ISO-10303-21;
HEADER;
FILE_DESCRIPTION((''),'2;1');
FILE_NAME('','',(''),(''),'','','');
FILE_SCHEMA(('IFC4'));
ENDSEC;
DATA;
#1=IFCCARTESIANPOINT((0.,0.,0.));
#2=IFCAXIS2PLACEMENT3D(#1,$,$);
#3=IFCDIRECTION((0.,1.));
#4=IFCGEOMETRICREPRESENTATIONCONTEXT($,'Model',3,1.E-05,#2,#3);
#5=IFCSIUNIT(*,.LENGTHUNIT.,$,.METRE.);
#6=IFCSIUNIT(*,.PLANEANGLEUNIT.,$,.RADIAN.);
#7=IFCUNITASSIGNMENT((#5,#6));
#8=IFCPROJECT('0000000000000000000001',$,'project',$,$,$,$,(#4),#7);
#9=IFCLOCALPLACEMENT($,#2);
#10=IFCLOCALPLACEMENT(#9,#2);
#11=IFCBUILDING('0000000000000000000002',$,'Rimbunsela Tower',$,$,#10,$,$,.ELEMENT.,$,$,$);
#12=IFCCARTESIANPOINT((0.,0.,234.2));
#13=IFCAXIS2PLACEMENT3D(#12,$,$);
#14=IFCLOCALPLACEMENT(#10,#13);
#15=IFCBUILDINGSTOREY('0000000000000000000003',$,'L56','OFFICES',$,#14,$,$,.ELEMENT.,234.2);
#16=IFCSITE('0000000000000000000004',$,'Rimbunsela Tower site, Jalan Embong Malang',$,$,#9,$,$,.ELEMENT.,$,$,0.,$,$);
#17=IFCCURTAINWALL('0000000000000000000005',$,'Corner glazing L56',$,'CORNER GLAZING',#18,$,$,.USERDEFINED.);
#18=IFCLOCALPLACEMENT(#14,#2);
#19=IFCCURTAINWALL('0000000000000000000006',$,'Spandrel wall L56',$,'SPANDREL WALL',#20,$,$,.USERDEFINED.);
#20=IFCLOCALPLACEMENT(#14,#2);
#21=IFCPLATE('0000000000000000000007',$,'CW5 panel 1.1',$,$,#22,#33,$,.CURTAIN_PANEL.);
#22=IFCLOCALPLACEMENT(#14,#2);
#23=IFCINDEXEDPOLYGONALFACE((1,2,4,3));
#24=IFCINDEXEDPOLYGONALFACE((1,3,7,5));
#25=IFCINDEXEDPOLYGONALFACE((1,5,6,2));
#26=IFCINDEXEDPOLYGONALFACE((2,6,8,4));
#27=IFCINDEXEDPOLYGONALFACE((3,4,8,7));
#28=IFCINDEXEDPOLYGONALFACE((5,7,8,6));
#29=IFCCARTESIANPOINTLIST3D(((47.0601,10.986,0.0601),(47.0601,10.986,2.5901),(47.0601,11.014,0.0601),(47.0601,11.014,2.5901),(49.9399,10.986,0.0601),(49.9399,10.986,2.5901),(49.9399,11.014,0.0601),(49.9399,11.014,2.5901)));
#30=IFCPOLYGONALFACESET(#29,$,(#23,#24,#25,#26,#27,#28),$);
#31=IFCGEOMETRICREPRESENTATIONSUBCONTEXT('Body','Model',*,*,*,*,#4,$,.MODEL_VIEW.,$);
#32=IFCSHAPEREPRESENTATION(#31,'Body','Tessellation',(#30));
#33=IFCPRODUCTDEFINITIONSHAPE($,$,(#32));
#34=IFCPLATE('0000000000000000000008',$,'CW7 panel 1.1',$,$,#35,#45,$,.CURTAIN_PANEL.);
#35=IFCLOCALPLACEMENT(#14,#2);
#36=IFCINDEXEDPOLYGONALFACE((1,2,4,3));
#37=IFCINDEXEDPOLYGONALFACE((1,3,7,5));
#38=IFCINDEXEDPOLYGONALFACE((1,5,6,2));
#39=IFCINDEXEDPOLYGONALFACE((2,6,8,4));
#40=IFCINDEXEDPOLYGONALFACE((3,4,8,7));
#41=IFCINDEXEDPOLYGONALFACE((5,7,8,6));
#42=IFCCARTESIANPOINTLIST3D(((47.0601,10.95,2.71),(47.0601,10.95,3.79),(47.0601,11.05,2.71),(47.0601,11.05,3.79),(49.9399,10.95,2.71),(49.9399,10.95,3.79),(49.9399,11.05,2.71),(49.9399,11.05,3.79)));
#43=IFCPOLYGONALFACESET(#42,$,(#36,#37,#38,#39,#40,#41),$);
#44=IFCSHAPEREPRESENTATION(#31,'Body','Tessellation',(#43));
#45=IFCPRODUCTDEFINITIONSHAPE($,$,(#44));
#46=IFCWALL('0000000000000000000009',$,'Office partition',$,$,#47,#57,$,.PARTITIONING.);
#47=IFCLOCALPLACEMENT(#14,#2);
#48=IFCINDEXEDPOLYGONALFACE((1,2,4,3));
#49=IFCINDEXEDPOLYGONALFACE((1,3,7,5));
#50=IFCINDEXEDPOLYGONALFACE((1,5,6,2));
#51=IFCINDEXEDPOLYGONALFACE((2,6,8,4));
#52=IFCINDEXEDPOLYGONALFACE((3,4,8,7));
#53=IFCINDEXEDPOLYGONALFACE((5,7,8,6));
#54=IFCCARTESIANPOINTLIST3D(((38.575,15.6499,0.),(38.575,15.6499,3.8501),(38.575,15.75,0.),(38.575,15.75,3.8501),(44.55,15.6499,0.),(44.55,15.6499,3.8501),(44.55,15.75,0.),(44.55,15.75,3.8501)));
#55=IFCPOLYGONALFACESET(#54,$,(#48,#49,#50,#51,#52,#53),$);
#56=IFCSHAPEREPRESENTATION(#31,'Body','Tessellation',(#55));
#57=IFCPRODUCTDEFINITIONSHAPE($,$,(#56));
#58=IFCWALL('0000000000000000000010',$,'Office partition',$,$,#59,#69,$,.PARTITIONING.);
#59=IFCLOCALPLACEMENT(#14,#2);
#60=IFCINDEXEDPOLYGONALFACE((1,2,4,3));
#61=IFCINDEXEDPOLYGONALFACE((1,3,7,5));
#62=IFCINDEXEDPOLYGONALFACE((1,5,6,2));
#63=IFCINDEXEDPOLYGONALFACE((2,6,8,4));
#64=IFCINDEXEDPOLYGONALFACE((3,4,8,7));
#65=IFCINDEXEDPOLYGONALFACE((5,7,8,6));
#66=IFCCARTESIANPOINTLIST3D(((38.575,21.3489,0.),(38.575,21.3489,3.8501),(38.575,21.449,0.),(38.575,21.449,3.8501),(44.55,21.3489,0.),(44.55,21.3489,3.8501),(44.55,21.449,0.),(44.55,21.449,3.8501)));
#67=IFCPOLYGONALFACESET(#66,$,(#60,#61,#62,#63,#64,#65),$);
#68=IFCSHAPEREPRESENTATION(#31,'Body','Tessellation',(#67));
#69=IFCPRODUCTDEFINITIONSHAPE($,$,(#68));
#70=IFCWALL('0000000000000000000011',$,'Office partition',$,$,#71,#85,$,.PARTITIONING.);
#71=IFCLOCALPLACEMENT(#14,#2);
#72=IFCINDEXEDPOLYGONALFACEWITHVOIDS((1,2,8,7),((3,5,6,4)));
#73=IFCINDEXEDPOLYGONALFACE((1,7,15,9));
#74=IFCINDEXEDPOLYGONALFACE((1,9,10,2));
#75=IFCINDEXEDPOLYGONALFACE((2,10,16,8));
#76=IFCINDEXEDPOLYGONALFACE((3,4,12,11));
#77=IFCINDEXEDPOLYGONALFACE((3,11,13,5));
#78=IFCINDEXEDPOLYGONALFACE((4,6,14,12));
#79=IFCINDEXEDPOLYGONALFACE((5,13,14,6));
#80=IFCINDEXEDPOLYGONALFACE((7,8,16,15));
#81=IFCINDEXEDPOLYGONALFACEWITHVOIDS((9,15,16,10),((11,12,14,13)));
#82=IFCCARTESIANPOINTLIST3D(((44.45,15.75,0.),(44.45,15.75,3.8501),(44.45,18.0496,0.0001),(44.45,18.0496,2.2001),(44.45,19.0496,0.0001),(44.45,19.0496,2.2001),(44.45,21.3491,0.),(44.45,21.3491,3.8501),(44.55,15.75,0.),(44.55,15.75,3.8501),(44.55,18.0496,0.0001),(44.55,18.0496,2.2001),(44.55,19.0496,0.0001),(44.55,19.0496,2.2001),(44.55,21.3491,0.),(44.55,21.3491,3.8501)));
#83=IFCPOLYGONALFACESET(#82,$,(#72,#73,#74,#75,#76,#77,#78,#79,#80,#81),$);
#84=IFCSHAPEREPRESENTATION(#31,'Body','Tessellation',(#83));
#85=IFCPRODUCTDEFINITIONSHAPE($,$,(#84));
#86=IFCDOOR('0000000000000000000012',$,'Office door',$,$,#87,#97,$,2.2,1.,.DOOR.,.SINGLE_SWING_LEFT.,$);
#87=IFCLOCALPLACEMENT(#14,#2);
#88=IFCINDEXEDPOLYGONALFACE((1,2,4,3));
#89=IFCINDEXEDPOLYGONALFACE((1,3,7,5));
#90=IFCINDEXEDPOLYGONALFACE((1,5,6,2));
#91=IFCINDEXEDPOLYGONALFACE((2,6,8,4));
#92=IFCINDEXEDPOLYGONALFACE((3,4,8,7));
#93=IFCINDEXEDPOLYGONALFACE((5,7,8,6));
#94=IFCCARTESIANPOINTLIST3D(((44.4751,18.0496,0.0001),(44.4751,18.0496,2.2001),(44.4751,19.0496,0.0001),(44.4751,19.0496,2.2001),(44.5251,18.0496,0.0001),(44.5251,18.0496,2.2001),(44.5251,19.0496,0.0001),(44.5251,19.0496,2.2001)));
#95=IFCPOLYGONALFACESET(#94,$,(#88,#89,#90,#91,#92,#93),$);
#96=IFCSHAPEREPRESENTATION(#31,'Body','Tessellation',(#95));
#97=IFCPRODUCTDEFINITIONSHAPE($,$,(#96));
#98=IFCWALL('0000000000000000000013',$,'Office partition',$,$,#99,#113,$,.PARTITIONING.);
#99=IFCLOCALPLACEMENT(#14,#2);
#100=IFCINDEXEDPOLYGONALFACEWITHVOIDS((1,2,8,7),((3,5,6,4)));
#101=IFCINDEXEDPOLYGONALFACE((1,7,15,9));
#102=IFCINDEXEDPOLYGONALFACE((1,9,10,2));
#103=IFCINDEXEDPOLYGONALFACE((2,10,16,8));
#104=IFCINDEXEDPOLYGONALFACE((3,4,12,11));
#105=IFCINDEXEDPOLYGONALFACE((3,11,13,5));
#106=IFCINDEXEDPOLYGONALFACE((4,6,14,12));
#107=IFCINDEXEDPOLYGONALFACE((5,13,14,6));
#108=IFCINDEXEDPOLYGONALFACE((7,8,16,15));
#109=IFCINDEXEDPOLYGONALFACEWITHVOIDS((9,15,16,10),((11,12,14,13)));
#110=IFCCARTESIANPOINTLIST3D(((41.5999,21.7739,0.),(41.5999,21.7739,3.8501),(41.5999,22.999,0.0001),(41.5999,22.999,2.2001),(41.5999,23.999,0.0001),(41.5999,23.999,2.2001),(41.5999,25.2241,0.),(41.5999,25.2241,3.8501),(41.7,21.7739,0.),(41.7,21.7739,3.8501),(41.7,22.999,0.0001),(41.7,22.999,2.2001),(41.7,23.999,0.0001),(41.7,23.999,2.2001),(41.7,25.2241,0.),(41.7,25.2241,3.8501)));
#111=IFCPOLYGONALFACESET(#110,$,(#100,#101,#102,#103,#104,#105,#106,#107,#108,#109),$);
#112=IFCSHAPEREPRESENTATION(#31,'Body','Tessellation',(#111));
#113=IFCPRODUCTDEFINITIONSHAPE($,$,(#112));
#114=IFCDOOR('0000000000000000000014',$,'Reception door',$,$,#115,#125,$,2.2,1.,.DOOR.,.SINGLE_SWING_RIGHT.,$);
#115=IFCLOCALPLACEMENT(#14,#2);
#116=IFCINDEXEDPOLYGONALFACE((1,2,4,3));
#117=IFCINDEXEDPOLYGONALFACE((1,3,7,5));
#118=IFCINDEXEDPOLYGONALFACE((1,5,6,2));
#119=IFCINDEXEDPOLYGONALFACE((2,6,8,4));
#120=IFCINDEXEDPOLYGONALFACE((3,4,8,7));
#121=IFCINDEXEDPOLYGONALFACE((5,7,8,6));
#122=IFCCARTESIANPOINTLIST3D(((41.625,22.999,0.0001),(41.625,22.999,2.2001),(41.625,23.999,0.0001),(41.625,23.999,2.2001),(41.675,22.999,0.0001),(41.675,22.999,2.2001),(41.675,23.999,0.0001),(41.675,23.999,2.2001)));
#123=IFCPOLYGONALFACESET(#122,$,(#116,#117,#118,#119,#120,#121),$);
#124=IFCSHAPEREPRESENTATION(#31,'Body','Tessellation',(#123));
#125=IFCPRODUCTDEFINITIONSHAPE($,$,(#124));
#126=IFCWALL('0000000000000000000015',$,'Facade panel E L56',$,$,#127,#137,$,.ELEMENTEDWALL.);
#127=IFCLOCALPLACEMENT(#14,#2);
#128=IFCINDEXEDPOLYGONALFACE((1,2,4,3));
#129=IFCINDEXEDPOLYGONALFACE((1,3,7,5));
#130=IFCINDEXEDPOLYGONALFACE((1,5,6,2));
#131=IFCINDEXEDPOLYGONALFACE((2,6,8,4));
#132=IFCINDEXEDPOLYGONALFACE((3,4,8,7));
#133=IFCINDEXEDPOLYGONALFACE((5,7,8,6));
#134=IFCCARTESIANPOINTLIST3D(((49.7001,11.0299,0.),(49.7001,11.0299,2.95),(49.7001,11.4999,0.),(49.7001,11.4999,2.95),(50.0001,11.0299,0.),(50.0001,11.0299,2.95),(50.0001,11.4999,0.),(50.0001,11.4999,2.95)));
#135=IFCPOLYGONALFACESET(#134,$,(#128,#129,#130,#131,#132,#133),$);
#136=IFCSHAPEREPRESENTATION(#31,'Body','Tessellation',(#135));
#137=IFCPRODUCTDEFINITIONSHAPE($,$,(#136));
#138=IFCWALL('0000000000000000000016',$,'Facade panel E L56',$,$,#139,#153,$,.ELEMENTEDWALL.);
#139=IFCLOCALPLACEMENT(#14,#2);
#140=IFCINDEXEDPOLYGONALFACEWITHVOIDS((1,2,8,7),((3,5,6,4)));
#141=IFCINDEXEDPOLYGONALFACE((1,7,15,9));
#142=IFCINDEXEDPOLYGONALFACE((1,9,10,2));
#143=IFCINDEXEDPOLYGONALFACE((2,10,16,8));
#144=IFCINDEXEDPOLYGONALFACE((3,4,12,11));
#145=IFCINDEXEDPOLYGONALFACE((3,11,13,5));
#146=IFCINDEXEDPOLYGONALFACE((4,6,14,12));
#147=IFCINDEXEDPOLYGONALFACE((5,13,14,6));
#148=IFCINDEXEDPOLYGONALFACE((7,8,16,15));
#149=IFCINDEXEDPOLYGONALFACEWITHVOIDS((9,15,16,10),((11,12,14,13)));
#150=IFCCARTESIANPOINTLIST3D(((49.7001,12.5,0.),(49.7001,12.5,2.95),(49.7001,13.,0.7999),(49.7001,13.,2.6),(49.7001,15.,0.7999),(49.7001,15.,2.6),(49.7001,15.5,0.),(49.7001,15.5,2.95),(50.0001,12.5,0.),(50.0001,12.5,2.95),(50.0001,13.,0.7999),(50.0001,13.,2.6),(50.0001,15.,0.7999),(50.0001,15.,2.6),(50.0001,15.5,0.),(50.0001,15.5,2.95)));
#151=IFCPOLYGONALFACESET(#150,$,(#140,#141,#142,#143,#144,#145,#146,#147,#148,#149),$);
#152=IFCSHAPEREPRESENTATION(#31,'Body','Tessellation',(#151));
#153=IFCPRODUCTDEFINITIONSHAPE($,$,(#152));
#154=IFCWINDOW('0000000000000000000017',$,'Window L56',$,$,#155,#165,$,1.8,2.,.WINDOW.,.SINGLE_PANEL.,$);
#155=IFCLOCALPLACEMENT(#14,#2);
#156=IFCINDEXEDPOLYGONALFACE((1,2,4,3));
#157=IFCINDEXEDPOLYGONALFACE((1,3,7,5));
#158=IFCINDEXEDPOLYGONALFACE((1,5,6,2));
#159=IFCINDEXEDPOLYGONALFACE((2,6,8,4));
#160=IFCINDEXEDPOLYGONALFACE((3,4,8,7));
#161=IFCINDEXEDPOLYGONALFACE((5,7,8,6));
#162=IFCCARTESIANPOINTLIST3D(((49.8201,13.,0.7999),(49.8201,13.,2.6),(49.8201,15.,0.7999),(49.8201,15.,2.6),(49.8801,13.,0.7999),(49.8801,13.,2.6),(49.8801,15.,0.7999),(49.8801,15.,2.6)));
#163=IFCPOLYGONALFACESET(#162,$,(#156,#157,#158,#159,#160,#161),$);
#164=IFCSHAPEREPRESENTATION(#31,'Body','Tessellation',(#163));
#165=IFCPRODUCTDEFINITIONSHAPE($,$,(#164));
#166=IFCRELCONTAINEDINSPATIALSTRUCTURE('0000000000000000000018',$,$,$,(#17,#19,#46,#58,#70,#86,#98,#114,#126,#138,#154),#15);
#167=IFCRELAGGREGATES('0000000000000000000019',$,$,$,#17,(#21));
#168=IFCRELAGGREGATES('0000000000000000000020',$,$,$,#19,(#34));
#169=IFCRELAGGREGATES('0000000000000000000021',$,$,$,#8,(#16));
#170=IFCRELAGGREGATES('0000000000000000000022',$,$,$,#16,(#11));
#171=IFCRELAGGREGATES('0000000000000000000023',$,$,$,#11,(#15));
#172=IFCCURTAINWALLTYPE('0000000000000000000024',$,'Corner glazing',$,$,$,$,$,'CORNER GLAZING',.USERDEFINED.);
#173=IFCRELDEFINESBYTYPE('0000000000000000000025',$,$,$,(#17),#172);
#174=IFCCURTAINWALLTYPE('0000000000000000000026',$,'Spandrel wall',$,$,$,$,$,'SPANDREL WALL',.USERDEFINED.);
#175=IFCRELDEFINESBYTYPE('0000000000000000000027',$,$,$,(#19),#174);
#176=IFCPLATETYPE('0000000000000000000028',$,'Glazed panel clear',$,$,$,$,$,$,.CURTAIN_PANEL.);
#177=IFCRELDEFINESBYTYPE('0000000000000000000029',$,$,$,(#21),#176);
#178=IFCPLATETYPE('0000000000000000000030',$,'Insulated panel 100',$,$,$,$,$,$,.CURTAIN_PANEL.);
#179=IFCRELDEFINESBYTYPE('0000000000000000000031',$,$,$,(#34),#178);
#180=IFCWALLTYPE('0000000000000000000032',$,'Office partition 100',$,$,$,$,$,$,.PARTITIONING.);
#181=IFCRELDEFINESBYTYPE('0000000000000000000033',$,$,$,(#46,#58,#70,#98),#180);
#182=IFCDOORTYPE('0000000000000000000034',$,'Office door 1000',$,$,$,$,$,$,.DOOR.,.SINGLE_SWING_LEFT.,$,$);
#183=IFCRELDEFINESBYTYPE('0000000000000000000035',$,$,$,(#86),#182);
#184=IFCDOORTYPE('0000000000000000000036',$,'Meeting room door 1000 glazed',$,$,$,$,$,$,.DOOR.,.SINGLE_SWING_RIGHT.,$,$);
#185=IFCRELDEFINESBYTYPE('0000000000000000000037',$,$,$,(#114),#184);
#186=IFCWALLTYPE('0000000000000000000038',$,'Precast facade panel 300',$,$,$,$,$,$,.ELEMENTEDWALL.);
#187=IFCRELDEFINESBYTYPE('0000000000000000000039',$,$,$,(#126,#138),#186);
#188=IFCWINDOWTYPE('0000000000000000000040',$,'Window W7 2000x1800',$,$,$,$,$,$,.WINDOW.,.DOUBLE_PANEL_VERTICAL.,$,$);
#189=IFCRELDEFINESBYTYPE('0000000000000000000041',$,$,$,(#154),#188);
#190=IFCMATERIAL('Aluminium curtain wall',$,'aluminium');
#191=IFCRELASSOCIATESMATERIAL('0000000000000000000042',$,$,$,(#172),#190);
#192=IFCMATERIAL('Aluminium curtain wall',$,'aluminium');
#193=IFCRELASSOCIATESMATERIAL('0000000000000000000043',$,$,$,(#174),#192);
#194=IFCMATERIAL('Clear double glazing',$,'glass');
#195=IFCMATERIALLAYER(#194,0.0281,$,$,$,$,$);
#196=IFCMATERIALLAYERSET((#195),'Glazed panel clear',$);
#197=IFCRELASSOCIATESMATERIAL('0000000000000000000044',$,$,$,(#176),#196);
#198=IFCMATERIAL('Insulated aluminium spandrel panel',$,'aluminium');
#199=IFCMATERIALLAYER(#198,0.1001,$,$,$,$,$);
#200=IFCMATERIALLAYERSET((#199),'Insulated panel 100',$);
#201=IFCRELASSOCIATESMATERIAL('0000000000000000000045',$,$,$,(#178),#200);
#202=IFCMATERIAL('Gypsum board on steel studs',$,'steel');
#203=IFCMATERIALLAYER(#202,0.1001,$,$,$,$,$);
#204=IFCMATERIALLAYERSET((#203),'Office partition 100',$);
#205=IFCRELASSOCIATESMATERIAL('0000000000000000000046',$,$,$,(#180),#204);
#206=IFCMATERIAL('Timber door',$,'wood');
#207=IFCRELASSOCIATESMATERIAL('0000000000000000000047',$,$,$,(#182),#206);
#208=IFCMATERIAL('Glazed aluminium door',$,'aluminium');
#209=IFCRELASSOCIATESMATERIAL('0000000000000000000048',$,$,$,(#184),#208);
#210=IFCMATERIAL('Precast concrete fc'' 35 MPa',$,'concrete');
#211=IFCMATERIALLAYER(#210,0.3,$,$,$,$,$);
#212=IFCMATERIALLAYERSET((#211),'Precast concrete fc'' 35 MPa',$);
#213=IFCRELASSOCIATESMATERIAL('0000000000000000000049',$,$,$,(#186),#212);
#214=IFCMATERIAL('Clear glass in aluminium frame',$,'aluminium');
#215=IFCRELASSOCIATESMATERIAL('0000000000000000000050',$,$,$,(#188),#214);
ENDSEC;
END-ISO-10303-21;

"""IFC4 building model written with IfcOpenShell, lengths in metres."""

from ifc_helpers import new_model, si_unit, direction, frame, frame_2d, origin, origin_2d, place, context, subcontext, project, spatial, rectangle, extrude, material, layer, layer_set, type_object, element, fill, aggregate, save


model = new_model("IFC4")

# Units and contexts
model_context = context("Model", 3, precision=1e-05, world=origin(), true_north=direction((0.0, 1.0)))
body_context = subcontext(model_context, "Body", "Model", "MODEL_VIEW")
ifc_project = project(units=[si_unit("LENGTHUNIT", "METRE"), si_unit("PLANEANGLEUNIT", "RADIAN")], contexts=[model_context])

# Site, building, storey
site_placement = place(None, origin())
site = spatial("IfcSite", under=ifc_project, at=site_placement, Name="Rimbunsela Tower site, Jalan Embong Malang", CompositionType="ELEMENT", RefElevation=0.0)
building_placement = place(site_placement, origin())
building = spatial("IfcBuilding", under=site, at=building_placement, Name="Rimbunsela Tower", CompositionType="ELEMENT")
storey_placement = place(building_placement, frame((0.0, 0.0, 234.2)))
storey = spatial("IfcBuildingStorey", under=building, at=storey_placement, Name="L56", Description="OFFICES", CompositionType="ELEMENT", Elevation=234.2)

# Curtain wall
ifc_material_1 = material(Name="Aluminium curtain wall", Category="aluminium")
curtain_wall_type_1 = type_object("IfcCurtainWallType", Name="Corner glazing", ElementType="CORNER GLAZING", PredefinedType="USERDEFINED", material=ifc_material_1)
curtain_wall_1_placement = place(storey_placement, origin())
curtain_wall_1 = element("IfcCurtainWall", 1, at=curtain_wall_1_placement, inside=storey, type_object=curtain_wall_type_1, Name="Corner glazing L56", ObjectType="CORNER GLAZING", PredefinedType="USERDEFINED")

# Curtain wall
ifc_material_2 = material(Name="Aluminium curtain wall", Category="aluminium")
curtain_wall_type_2 = type_object("IfcCurtainWallType", Name="Spandrel wall", ElementType="SPANDREL WALL", PredefinedType="USERDEFINED", material=ifc_material_2)
curtain_wall_2_placement = place(storey_placement, origin())
curtain_wall_2 = element("IfcCurtainWall", 2, at=curtain_wall_2_placement, inside=storey, type_object=curtain_wall_type_2, Name="Spandrel wall L56", ObjectType="SPANDREL WALL", PredefinedType="USERDEFINED")

# Plates
ifc_material_3 = material(Name="Clear double glazing", Category="glass")
ifc_layer_1 = layer(ifc_material_3, 0.0281)
ifc_layer_set_1 = layer_set([ifc_layer_1], Name="Glazed panel clear")
plate_type_1 = type_object("IfcPlateType", Name="Glazed panel clear", PredefinedType="CURTAIN_PANEL", material=ifc_layer_set_1)
plate_1_placement = place(storey_placement, frame((48.5, 11.0, 0.0601), z_axis=(0.0, 0.0, 1.0), x_axis=(1.0, 0.0, 0.0)))
plate_1 = element("IfcPlate", 3, at=plate_1_placement, type_object=plate_type_1, Name="CW5 panel 1.1", PredefinedType="CURTAIN_PANEL", context=body_context, shape_type="SweptSolid", body=[
    extrude(rectangle(XDim=2.8799, YDim=0.0281, at=origin_2d()), origin(), (0.0, 0.0, 1.0), 2.53),
])
aggregate(curtain_wall_1, [plate_1])
ifc_material_4 = material(Name="Insulated aluminium spandrel panel", Category="aluminium")
ifc_layer_2 = layer(ifc_material_4, 0.1001)
ifc_layer_set_2 = layer_set([ifc_layer_2], Name="Insulated panel 100")
plate_type_2 = type_object("IfcPlateType", Name="Insulated panel 100", PredefinedType="CURTAIN_PANEL", material=ifc_layer_set_2)
plate_2_placement = place(storey_placement, frame((48.5, 11.0, 2.71), z_axis=(0.0, 0.0, 1.0), x_axis=(1.0, 0.0, 0.0)))
plate_2 = element("IfcPlate", 4, at=plate_2_placement, type_object=plate_type_2, Name="CW7 panel 1.1", PredefinedType="CURTAIN_PANEL", context=body_context, shape_type="SweptSolid", body=[
    extrude(rectangle(XDim=2.8799, YDim=0.1001, at=origin_2d()), origin(), (0.0, 0.0, 1.0), 1.0801),
])
aggregate(curtain_wall_2, [plate_2])

# Walls
ifc_material_5 = material(Name="Gypsum board on steel studs", Category="steel")
ifc_layer_3 = layer(ifc_material_5, 0.1001)
ifc_layer_set_3 = layer_set([ifc_layer_3], Name="Office partition 100")
wall_type_1 = type_object("IfcWallType", Name="Office partition 100", PredefinedType="PARTITIONING", material=ifc_layer_set_3)
for number, where, z_axis, x_axis, name in (
    (5, (38.575, 15.7, 0.0), (0.0, 0.0, 1.0), (1.0, 0.0, 0.0), "Office partition"),
    (6, (38.575, 21.3989, 0.0), (0.0, 0.0, 1.0), (1.0, 0.0, 0.0), "Office partition"),
):
    element("IfcWall", number, at=place(storey_placement, frame(where, z_axis=z_axis, x_axis=x_axis)), inside=storey, type_object=wall_type_1, Name=name, PredefinedType="PARTITIONING", context=body_context, shape_type="SweptSolid", body=[
        extrude(rectangle(XDim=5.9751, YDim=0.1001, at=frame_2d((2.9875, 0.0))), origin(), (0.0, 0.0, 1.0), 3.8501),
    ])

# Walls, openings, doors
wall_1_placement = place(storey_placement, frame((44.5, 15.75, 0.0), z_axis=(0.0, 0.0, 1.0), x_axis=(0.0, 1.0, 0.0)))
wall_1 = element("IfcWall", 7, at=wall_1_placement, inside=storey, type_object=wall_type_1, Name="Office partition", PredefinedType="PARTITIONING", context=body_context, shape_type="SweptSolid", body=[
    extrude(rectangle(XDim=5.5991, YDim=0.1001, at=frame_2d((2.7996, 0.0))), origin(), (0.0, 0.0, 1.0), 3.8501),
])
opening_1_placement = place(wall_1_placement, frame((2.2996, 0.0, 0.0)))
opening_1 = element("IfcOpeningElement", 8, at=opening_1_placement, cuts=wall_1, PredefinedType="OPENING", context=body_context, shape_type="SweptSolid", body=[
    extrude(rectangle(XDim=1.0, YDim=2.2, at=frame_2d((0.5, 1.1001))), frame((0.0, 0.0601, 0.0), z_axis=(0.0, -1.0, 0.0), x_axis=(1.0, 0.0, 0.0)), (0.0, 0.0, 1.0), 0.1201),
])
ifc_material_6 = material(Name="Timber door", Category="wood")
door_type_1 = type_object("IfcDoorType", Name="Office door 1000", OperationType="SINGLE_SWING_LEFT", PredefinedType="DOOR", material=ifc_material_6)
door_1_placement = place(opening_1_placement, origin())
door_1 = element("IfcDoor", 9, at=door_1_placement, inside=storey, type_object=door_type_1, Name="Office door", OperationType="SINGLE_SWING_LEFT", OverallHeight=2.2, OverallWidth=1.0, PredefinedType="DOOR", context=body_context, shape_type="SweptSolid", body=[
    extrude(rectangle(XDim=1.0, YDim=2.2, at=frame_2d((0.5, 1.1001))), frame((0.0, 0.0249, 0.0), z_axis=(0.0, -1.0, 0.0), x_axis=(1.0, 0.0, 0.0)), (0.0, 0.0, 1.0), 0.05),
])
fill(opening_1, door_1)
wall_2_placement = place(storey_placement, frame((41.6499, 21.7739, 0.0), z_axis=(0.0, 0.0, 1.0), x_axis=(0.0, 1.0, 0.0)))
wall_2 = element("IfcWall", 10, at=wall_2_placement, inside=storey, type_object=wall_type_1, Name="Office partition", PredefinedType="PARTITIONING", context=body_context, shape_type="SweptSolid", body=[
    extrude(rectangle(XDim=3.4502, YDim=0.1001, at=frame_2d((1.7251, 0.0))), origin(), (0.0, 0.0, 1.0), 3.8501),
])
opening_2_placement = place(wall_2_placement, frame((1.2251, 0.0, 0.0)))
opening_2 = element("IfcOpeningElement", 11, at=opening_2_placement, cuts=wall_2, PredefinedType="OPENING", context=body_context, shape_type="SweptSolid", body=[
    extrude(rectangle(XDim=1.0, YDim=2.2, at=frame_2d((0.5, 1.1001))), frame((0.0, 0.0601, 0.0), z_axis=(0.0, -1.0, 0.0), x_axis=(1.0, 0.0, 0.0)), (0.0, 0.0, 1.0), 0.1201),
])
ifc_material_7 = material(Name="Glazed aluminium door", Category="aluminium")
door_type_2 = type_object("IfcDoorType", Name="Meeting room door 1000 glazed", OperationType="SINGLE_SWING_RIGHT", PredefinedType="DOOR", material=ifc_material_7)
door_2_placement = place(opening_2_placement, origin())
door_2 = element("IfcDoor", 12, at=door_2_placement, inside=storey, type_object=door_type_2, Name="Reception door", OperationType="SINGLE_SWING_RIGHT", OverallHeight=2.2, OverallWidth=1.0, PredefinedType="DOOR", context=body_context, shape_type="SweptSolid", body=[
    extrude(rectangle(XDim=1.0, YDim=2.2, at=frame_2d((0.5, 1.1001))), frame((0.0, 0.0249, 0.0), z_axis=(0.0, -1.0, 0.0), x_axis=(1.0, 0.0, 0.0)), (0.0, 0.0, 1.0), 0.05),
])
fill(opening_2, door_2)

# Wall
ifc_material_8 = material(Name="Precast concrete fc' 35 MPa", Category="concrete")
ifc_layer_4 = layer(ifc_material_8, 0.3)
ifc_layer_set_4 = layer_set([ifc_layer_4], Name="Precast concrete fc' 35 MPa")
wall_type_2 = type_object("IfcWallType", Name="Precast facade panel 300", PredefinedType="ELEMENTEDWALL", material=ifc_layer_set_4)
wall_3_placement = place(storey_placement, frame((49.8501, 11.03, 0.0), z_axis=(0.0, 0.0, 1.0), x_axis=(0.0, 1.0, 0.0)))
element("IfcWall", 13, at=wall_3_placement, inside=storey, type_object=wall_type_2, Name="Facade panel E L56", PredefinedType="ELEMENTEDWALL", context=body_context, shape_type="SweptSolid", body=[
    extrude(rectangle(XDim=0.47, YDim=0.3, at=frame_2d((0.2349, 0.0))), origin(), (0.0, 0.0, 1.0), 2.95),
])

# Wall, opening, window
wall_4_placement = place(storey_placement, frame((49.8501, 12.5, 0.0), z_axis=(0.0, 0.0, 1.0), x_axis=(0.0, 1.0, 0.0)))
wall_4 = element("IfcWall", 14, at=wall_4_placement, inside=storey, type_object=wall_type_2, Name="Facade panel E L56", PredefinedType="ELEMENTEDWALL", context=body_context, shape_type="SweptSolid", body=[
    extrude(rectangle(XDim=3.0, YDim=0.3, at=frame_2d((1.5, 0.0))), origin(), (0.0, 0.0, 1.0), 2.95),
])
opening_3_placement = place(wall_4_placement, frame((0.5, 0.0, 0.8)))
opening_3 = element("IfcOpeningElement", 15, at=opening_3_placement, cuts=wall_4, PredefinedType="OPENING", context=body_context, shape_type="SweptSolid", body=[
    extrude(rectangle(XDim=2.0, YDim=1.8, at=frame_2d((1.0, 0.8999))), frame((0.0, 0.1599, 0.0), z_axis=(0.0, -1.0, 0.0), x_axis=(1.0, 0.0, 0.0)), (0.0, 0.0, 1.0), 0.3201),
])
ifc_material_9 = material(Name="Clear glass in aluminium frame", Category="aluminium")
window_type = type_object("IfcWindowType", Name="Window W7 2000x1800", PartitioningType="DOUBLE_PANEL_VERTICAL", PredefinedType="WINDOW", material=ifc_material_9)
window_1_placement = place(opening_3_placement, origin())
window_1 = element("IfcWindow", 16, at=window_1_placement, inside=storey, type_object=window_type, Name="Window L56", OverallHeight=1.8, OverallWidth=2.0, PartitioningType="SINGLE_PANEL", PredefinedType="WINDOW", context=body_context, shape_type="SweptSolid", body=[
    extrude(rectangle(XDim=2.0, YDim=1.8, at=frame_2d((1.0, 0.8999))), frame((0.0, 0.03, 0.0), z_axis=(0.0, -1.0, 0.0), x_axis=(1.0, 0.0, 0.0)), (0.0, 0.0, 1.0), 0.0601),
])
fill(opening_3, window_1)

save(model, "model.ifc")
